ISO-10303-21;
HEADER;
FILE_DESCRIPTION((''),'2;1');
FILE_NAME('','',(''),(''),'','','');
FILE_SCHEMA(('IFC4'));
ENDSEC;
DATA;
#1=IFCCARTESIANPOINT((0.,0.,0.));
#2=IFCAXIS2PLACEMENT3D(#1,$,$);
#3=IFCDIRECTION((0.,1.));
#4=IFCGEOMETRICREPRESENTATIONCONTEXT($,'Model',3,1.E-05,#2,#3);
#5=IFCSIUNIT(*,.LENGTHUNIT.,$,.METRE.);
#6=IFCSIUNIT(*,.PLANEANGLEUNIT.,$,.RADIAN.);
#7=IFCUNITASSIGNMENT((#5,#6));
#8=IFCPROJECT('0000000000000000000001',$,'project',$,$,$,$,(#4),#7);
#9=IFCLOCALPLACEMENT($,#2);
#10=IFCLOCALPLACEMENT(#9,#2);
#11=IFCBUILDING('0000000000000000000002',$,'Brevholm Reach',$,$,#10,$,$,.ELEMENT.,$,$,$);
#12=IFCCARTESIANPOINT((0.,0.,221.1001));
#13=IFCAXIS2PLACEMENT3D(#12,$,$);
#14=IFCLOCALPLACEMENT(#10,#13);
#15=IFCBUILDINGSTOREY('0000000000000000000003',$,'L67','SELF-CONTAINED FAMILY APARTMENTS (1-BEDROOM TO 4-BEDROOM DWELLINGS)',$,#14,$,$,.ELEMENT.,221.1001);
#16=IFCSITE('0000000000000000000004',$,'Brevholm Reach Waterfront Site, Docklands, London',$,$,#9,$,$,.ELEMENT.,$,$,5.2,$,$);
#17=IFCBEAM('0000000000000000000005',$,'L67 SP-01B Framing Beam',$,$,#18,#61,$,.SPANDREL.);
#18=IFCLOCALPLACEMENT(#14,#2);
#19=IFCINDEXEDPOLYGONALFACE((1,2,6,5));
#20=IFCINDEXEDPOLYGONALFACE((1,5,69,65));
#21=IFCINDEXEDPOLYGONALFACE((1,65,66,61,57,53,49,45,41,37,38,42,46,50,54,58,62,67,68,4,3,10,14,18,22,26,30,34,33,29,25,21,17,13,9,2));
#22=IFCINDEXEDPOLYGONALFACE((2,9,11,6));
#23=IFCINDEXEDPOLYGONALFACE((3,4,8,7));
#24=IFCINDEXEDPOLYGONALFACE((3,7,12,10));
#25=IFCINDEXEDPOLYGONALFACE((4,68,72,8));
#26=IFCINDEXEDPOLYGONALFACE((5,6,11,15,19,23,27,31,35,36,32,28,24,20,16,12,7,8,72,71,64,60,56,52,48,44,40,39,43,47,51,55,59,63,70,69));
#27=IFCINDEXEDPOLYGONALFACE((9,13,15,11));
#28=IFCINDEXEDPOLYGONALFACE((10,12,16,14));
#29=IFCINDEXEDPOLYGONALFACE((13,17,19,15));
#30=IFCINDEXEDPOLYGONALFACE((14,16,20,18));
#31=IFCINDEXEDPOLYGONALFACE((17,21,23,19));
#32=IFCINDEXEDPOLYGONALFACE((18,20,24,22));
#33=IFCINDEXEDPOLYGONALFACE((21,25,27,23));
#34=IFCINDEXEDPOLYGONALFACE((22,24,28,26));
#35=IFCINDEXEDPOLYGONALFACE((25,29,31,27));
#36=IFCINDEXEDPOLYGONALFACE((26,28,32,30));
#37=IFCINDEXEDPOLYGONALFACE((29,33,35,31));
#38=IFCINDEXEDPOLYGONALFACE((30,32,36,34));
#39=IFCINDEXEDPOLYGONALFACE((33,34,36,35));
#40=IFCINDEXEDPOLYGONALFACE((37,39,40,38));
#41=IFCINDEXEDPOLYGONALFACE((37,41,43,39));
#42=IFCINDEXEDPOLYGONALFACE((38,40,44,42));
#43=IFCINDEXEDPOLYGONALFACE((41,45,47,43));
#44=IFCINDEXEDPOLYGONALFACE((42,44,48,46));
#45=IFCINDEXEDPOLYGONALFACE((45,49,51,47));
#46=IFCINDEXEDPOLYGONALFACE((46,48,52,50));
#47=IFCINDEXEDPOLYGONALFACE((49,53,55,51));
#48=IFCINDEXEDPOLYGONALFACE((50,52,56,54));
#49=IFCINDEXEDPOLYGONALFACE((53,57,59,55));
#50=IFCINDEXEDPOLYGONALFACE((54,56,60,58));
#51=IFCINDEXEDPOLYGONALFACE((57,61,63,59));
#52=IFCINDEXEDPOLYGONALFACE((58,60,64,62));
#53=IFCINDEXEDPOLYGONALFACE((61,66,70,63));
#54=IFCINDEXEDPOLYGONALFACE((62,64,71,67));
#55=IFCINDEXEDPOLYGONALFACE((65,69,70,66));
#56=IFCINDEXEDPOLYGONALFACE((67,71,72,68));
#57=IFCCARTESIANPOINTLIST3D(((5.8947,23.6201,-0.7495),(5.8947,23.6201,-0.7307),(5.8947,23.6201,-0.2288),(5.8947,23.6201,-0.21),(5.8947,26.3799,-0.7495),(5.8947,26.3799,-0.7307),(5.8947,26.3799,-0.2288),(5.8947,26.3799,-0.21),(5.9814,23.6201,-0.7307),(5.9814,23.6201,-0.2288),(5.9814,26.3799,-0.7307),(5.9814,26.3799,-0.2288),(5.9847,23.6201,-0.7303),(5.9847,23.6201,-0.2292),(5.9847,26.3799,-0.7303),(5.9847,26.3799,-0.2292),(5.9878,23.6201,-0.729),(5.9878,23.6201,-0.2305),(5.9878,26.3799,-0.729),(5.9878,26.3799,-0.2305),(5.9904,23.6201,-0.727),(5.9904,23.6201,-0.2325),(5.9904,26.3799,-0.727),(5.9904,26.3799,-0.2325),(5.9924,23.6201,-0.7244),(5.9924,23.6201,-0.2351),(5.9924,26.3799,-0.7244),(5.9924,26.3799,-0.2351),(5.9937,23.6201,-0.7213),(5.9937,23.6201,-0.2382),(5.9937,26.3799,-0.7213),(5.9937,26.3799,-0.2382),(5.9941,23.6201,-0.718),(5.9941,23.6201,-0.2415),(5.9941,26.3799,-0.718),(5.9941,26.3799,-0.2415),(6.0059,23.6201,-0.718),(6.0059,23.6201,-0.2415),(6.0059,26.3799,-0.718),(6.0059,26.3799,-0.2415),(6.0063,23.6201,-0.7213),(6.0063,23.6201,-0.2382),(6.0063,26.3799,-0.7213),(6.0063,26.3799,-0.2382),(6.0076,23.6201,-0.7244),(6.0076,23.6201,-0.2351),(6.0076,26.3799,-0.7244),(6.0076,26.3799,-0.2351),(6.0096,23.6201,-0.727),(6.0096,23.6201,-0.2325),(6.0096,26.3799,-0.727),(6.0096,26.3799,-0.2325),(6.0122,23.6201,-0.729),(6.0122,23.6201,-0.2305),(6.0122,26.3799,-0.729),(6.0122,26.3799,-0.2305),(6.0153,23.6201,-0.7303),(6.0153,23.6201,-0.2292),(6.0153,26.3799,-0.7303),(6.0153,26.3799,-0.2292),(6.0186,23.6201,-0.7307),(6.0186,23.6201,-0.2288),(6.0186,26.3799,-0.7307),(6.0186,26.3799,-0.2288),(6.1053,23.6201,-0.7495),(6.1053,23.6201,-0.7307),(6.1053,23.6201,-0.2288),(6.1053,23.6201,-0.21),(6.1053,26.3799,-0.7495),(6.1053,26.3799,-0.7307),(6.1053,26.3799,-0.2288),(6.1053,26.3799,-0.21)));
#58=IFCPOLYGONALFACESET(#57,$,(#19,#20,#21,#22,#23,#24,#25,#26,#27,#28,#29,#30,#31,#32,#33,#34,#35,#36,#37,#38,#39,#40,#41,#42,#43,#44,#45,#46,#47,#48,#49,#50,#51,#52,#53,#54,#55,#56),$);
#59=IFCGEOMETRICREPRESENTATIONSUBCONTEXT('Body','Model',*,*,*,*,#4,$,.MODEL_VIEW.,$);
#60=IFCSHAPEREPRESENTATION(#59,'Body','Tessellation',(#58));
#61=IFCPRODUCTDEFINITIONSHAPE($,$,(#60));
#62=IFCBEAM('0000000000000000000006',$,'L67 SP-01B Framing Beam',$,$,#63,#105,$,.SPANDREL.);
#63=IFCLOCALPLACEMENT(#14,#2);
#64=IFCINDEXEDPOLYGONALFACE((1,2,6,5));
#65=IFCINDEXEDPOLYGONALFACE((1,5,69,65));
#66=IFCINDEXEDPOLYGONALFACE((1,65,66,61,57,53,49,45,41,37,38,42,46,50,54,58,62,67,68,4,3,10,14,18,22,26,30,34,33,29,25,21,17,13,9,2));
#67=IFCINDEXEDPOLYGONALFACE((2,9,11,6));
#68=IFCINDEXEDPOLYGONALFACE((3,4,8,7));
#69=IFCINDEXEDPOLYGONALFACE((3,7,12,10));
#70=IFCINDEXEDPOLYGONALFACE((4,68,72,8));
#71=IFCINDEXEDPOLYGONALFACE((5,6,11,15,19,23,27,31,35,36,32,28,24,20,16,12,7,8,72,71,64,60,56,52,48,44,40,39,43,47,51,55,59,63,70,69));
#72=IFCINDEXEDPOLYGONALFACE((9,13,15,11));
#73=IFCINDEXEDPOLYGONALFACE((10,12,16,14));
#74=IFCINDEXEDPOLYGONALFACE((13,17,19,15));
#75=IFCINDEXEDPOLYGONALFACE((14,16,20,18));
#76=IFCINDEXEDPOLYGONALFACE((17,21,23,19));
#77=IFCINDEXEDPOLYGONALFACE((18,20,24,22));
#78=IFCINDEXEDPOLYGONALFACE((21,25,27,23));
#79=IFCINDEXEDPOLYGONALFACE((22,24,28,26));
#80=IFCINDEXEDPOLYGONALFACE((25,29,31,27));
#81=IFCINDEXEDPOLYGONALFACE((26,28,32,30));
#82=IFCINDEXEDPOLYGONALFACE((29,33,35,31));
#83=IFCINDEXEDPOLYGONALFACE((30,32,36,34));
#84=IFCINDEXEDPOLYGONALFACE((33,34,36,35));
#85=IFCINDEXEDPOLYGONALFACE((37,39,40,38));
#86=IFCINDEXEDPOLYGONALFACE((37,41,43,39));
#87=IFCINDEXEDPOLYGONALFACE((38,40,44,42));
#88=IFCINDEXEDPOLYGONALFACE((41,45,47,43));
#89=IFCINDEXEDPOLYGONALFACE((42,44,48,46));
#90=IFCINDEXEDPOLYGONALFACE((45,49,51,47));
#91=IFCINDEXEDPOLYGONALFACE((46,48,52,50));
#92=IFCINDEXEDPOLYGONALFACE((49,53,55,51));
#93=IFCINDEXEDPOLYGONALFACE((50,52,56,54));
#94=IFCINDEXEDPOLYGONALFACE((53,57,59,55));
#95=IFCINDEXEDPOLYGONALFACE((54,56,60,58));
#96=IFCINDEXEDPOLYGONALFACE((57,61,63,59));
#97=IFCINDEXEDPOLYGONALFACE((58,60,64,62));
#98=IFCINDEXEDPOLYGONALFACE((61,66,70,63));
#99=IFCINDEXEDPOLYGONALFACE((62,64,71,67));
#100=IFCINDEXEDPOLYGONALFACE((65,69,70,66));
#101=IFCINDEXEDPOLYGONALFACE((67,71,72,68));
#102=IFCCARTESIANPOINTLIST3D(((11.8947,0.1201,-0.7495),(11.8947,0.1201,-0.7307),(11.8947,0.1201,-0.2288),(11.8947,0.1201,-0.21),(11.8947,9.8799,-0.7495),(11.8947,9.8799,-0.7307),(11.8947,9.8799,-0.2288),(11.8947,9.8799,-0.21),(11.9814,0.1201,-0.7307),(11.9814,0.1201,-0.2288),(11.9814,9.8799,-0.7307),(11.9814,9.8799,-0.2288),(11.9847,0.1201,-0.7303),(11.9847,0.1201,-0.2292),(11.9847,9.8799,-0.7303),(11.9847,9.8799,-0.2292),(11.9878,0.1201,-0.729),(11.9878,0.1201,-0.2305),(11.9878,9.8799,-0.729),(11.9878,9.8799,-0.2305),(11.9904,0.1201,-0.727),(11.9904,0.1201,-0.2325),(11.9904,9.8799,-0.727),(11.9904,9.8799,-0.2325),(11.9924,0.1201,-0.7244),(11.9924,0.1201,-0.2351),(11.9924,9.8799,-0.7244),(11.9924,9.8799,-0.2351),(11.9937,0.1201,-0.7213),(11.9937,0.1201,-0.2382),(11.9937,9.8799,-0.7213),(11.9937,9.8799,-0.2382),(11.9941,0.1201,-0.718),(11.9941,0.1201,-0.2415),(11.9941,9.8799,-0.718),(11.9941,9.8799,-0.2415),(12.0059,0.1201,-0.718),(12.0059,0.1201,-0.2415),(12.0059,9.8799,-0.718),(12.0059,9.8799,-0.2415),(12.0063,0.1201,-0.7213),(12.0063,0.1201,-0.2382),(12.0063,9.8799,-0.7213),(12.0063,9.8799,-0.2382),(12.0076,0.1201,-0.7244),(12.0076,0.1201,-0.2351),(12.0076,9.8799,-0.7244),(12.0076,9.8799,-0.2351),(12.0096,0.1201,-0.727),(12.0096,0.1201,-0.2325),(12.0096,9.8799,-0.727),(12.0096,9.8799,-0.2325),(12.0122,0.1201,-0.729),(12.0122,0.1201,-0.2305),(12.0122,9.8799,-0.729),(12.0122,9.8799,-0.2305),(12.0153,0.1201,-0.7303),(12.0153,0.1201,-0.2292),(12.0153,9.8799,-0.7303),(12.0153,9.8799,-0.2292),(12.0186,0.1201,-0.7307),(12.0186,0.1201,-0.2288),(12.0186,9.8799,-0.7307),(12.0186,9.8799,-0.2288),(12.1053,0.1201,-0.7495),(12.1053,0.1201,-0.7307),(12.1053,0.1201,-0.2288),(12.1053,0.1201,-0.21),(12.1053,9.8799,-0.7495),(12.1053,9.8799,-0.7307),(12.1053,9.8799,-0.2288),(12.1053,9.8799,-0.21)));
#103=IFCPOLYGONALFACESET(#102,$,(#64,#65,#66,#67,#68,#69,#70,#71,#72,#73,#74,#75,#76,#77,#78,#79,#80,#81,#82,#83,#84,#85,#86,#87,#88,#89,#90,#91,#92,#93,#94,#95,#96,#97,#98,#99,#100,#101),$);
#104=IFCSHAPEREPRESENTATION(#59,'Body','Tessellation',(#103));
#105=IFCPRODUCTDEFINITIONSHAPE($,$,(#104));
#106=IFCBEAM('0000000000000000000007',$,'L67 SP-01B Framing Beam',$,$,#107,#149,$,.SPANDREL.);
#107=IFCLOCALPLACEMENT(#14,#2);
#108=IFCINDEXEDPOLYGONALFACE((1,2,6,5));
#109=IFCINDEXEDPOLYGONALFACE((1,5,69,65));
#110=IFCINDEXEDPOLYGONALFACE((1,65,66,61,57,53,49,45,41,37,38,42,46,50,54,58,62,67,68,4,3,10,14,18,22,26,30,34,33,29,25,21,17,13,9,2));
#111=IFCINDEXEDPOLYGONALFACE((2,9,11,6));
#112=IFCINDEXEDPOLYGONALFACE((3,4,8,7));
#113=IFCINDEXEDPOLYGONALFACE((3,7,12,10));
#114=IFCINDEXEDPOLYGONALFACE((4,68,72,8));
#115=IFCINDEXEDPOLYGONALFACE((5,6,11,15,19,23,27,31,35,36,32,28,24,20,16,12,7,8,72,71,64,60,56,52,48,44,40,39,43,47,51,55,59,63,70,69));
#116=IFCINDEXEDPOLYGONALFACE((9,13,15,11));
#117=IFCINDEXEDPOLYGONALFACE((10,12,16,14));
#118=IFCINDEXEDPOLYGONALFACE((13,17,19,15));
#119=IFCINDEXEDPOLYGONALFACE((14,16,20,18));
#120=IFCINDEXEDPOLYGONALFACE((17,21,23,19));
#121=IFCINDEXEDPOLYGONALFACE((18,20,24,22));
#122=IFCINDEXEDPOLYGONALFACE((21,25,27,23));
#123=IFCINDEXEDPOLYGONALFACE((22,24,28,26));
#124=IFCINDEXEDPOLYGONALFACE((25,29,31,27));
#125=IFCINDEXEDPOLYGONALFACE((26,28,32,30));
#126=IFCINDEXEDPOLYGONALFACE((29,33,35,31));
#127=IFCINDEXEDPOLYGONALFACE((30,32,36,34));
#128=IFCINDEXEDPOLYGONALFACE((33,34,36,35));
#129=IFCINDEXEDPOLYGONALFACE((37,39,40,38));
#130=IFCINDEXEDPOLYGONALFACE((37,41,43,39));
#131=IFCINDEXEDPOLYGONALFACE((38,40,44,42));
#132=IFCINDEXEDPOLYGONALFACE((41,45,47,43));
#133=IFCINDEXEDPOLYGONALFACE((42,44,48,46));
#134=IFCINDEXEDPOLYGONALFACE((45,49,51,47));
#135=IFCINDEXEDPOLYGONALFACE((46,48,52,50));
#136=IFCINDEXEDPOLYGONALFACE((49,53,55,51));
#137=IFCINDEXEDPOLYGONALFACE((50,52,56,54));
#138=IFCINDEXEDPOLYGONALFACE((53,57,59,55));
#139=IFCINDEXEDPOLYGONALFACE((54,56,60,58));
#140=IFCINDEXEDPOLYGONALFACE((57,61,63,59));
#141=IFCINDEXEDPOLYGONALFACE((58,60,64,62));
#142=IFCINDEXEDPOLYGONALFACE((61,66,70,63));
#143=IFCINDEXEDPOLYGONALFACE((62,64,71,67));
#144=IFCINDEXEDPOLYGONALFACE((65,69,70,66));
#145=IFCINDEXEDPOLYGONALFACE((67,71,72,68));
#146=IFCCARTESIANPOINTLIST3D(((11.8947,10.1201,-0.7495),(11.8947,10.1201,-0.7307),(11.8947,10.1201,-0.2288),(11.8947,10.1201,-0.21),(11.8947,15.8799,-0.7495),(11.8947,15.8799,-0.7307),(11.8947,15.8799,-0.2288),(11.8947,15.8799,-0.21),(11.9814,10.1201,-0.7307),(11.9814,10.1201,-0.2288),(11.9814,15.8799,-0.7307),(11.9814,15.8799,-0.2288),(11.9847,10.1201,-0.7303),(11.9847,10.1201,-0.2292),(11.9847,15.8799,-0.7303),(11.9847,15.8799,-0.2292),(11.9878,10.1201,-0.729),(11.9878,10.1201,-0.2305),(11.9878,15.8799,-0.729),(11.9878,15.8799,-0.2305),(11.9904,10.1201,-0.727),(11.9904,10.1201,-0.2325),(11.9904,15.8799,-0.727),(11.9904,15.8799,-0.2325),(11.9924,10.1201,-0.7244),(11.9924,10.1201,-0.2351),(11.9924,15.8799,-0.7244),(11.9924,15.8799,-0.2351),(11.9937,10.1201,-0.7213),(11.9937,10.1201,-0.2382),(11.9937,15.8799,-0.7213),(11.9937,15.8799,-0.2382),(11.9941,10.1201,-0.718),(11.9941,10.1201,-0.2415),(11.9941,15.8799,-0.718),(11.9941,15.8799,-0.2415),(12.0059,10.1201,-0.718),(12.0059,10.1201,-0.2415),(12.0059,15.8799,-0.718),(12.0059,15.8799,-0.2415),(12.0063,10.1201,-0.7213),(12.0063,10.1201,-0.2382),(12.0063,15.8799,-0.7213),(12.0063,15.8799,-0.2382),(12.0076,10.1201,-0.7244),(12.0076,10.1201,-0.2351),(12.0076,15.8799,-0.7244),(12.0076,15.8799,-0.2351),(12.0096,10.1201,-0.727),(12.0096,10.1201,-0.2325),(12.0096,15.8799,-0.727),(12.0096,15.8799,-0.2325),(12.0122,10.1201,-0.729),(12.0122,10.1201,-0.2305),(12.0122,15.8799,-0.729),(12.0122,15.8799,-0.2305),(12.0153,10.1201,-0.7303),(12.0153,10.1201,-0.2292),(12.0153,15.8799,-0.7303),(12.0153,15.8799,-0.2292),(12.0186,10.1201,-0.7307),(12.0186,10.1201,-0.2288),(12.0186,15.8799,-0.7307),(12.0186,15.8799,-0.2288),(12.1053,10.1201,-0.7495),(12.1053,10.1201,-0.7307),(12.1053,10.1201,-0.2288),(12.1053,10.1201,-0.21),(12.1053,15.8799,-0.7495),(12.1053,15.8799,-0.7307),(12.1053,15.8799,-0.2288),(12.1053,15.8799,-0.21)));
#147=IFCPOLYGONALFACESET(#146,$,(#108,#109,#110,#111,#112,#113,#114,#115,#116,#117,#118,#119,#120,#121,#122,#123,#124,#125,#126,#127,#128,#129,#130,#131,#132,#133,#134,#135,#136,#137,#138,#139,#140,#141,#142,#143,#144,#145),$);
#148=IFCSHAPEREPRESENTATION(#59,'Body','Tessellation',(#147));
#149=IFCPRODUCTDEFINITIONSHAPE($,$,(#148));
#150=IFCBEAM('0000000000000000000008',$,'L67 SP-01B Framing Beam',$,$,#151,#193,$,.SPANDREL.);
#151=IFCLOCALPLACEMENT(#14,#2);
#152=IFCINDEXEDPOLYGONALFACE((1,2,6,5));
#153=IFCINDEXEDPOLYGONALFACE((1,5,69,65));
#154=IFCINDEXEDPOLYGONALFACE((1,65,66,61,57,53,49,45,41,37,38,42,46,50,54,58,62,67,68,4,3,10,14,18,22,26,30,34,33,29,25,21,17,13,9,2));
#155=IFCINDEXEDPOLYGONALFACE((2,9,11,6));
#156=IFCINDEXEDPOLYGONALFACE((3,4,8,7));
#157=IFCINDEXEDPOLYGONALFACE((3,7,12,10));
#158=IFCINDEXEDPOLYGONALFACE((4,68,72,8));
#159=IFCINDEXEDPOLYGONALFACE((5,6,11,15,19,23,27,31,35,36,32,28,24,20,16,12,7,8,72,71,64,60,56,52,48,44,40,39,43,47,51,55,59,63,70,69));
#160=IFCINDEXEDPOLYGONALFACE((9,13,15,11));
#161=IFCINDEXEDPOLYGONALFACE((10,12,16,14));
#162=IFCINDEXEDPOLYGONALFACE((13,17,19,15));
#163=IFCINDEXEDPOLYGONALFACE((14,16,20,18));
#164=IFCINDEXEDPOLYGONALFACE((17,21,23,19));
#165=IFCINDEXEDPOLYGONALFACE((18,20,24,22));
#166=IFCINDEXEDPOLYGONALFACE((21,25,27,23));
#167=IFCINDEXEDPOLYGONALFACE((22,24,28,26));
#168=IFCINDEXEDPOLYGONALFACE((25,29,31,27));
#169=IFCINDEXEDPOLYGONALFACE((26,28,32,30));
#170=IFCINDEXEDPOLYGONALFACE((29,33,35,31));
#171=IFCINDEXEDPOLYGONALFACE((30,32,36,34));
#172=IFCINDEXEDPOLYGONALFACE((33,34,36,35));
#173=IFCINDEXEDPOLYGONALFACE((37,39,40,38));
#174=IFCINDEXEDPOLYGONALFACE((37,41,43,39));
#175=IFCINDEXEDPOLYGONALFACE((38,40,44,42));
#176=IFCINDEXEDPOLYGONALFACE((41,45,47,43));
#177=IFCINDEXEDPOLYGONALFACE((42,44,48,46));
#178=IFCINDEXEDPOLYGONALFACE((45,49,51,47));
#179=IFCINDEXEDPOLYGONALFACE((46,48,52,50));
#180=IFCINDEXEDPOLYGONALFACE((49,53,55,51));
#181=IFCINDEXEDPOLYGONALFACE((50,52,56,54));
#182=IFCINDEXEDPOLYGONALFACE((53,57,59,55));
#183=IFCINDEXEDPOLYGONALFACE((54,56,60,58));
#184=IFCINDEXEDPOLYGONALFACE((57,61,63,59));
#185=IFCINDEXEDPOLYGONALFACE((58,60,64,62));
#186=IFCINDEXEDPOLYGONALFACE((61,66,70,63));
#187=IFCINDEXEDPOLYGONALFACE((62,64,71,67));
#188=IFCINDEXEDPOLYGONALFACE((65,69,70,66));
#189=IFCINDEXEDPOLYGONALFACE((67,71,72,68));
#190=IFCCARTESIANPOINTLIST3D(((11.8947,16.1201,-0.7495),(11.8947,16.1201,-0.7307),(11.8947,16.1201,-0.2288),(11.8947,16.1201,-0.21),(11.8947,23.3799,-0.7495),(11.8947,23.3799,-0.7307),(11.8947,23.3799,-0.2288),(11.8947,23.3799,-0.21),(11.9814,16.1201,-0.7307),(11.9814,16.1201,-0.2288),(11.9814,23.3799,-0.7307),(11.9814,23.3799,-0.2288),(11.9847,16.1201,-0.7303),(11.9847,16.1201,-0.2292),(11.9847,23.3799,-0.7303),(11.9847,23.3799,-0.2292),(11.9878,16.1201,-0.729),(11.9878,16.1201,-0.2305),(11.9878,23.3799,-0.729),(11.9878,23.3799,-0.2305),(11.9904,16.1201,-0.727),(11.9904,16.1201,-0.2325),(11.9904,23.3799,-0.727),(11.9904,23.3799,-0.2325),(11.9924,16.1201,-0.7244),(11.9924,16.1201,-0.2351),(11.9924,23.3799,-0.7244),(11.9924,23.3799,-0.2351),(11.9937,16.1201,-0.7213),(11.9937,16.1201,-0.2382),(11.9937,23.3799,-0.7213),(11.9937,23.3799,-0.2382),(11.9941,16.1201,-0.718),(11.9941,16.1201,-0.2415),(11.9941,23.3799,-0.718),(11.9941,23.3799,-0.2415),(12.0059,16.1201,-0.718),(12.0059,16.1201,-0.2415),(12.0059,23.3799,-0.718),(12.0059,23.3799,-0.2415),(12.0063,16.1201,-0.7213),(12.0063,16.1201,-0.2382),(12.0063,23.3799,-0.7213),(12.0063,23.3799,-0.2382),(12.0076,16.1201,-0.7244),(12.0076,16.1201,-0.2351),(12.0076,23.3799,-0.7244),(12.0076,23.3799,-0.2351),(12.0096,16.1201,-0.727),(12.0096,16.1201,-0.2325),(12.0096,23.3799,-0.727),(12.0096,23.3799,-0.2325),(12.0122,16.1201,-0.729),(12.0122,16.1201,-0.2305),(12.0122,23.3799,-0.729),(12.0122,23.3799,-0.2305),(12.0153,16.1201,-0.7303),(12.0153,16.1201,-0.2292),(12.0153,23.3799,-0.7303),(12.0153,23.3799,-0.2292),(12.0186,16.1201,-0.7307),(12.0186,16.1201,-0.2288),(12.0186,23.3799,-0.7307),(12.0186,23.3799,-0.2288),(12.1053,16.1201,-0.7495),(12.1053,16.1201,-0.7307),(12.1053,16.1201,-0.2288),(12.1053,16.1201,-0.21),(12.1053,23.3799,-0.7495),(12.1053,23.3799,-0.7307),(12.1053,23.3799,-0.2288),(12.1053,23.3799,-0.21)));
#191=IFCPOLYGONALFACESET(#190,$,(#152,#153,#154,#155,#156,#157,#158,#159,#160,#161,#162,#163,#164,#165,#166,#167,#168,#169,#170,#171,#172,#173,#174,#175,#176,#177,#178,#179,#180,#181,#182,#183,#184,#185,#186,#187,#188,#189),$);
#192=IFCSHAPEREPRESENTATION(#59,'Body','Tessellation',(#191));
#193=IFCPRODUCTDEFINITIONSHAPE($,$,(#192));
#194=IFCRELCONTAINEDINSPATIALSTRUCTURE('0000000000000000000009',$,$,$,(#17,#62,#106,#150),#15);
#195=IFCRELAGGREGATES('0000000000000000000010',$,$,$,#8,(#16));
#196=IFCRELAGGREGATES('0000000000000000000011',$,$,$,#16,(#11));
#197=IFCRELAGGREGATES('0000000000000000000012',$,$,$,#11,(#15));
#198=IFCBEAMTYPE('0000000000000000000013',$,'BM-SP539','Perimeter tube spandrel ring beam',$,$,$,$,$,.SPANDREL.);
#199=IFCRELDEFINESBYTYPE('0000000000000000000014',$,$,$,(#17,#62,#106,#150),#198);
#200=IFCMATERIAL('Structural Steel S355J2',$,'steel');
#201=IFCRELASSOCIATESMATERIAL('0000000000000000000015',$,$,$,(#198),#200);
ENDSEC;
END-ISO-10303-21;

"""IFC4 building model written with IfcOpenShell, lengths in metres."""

from ifc_helpers import new_model, si_unit, direction, frame, origin, origin_2d, place, context, subcontext, project, spatial, i_section, extrude, material, material_profile, profile_set, type_object, element, save


model = new_model("IFC4")

# Units and contexts
model_context = context("Model", 3, precision=1e-05, world=origin(), true_north=direction((0.0, 1.0)))
body_context = subcontext(model_context, "Body", "Model", "MODEL_VIEW")
ifc_project = project(units=[si_unit("LENGTHUNIT", "METRE"), si_unit("PLANEANGLEUNIT", "RADIAN")], contexts=[model_context])

# Site, building, storey
site_placement = place(None, origin())
site = spatial("IfcSite", under=ifc_project, at=site_placement, Name="Brevholm Reach Waterfront Site, Docklands, London", CompositionType="ELEMENT", RefElevation=5.2)
building_placement = place(site_placement, origin())
building = spatial("IfcBuilding", under=site, at=building_placement, Name="Brevholm Reach", CompositionType="ELEMENT")
storey_placement = place(building_placement, frame((0.0, 0.0, 221.1001)))
storey = spatial("IfcBuildingStorey", under=building, at=storey_placement, Name="L67", Description="SELF-CONTAINED FAMILY APARTMENTS (1-BEDROOM TO 4-BEDROOM DWELLINGS)", CompositionType="ELEMENT", Elevation=221.1001)

# Beams
ifc_material_1 = material(Name="Structural Steel S355J2", Category="steel")
ifc_material_profile_1 = material_profile(ifc_material_1, i_section(OverallWidth=0.2107, OverallDepth=0.5396, WebThickness=0.0117, FlangeThickness=0.0188, FilletRadius=0.0127, at=origin_2d()), Name="UKB 533x210x109")
ifc_profile_set_1 = profile_set([ifc_material_profile_1], Name="Structural Steel S355J2")
beam_type_1 = type_object("IfcBeamType", Name="BM-SP539", Description="Perimeter tube spandrel ring beam", PredefinedType="SPANDREL", material=ifc_profile_set_1)
beam_1_placement = place(storey_placement, frame((6.0, 23.6201, -0.4797), z_axis=(0.0, 1.0, 0.0), x_axis=(-1.0, 0.0, 0.0)))
element("IfcBeam", 1, at=beam_1_placement, inside=storey, type_object=beam_type_1, Name="L67 SP-01B Framing Beam", PredefinedType="SPANDREL", context=body_context, shape_type="SweptSolid", body=[
    extrude(i_section(OverallWidth=0.2107, OverallDepth=0.5396, WebThickness=0.0117, FlangeThickness=0.0188, FilletRadius=0.0127, at=origin_2d()), origin(), (0.0, 0.0, 1.0), 2.7598),
])
beam_2_placement = place(storey_placement, frame((12.0, 0.1201, -0.4797), z_axis=(0.0, 1.0, 0.0), x_axis=(-1.0, 0.0, 0.0)))
element("IfcBeam", 2, at=beam_2_placement, inside=storey, type_object=beam_type_1, Name="L67 SP-01B Framing Beam", PredefinedType="SPANDREL", context=body_context, shape_type="SweptSolid", body=[
    extrude(i_section(OverallWidth=0.2107, OverallDepth=0.5396, WebThickness=0.0117, FlangeThickness=0.0188, FilletRadius=0.0127, at=origin_2d()), origin(), (0.0, 0.0, 1.0), 9.7598),
])
beam_3_placement = place(storey_placement, frame((12.0, 10.1201, -0.4797), z_axis=(0.0, 1.0, 0.0), x_axis=(-1.0, 0.0, 0.0)))
element("IfcBeam", 3, at=beam_3_placement, inside=storey, type_object=beam_type_1, Name="L67 SP-01B Framing Beam", PredefinedType="SPANDREL", context=body_context, shape_type="SweptSolid", body=[
    extrude(i_section(OverallWidth=0.2107, OverallDepth=0.5396, WebThickness=0.0117, FlangeThickness=0.0188, FilletRadius=0.0127, at=origin_2d()), origin(), (0.0, 0.0, 1.0), 5.7598),
])
beam_4_placement = place(storey_placement, frame((12.0, 16.1201, -0.4797), z_axis=(0.0, 1.0, 0.0), x_axis=(-1.0, 0.0, 0.0)))
element("IfcBeam", 4, at=beam_4_placement, inside=storey, type_object=beam_type_1, Name="L67 SP-01B Framing Beam", PredefinedType="SPANDREL", context=body_context, shape_type="SweptSolid", body=[
    extrude(i_section(OverallWidth=0.2107, OverallDepth=0.5396, WebThickness=0.0117, FlangeThickness=0.0188, FilletRadius=0.0127, at=origin_2d()), origin(), (0.0, 0.0, 1.0), 7.2598),
])

save(model, "model.ifc")
